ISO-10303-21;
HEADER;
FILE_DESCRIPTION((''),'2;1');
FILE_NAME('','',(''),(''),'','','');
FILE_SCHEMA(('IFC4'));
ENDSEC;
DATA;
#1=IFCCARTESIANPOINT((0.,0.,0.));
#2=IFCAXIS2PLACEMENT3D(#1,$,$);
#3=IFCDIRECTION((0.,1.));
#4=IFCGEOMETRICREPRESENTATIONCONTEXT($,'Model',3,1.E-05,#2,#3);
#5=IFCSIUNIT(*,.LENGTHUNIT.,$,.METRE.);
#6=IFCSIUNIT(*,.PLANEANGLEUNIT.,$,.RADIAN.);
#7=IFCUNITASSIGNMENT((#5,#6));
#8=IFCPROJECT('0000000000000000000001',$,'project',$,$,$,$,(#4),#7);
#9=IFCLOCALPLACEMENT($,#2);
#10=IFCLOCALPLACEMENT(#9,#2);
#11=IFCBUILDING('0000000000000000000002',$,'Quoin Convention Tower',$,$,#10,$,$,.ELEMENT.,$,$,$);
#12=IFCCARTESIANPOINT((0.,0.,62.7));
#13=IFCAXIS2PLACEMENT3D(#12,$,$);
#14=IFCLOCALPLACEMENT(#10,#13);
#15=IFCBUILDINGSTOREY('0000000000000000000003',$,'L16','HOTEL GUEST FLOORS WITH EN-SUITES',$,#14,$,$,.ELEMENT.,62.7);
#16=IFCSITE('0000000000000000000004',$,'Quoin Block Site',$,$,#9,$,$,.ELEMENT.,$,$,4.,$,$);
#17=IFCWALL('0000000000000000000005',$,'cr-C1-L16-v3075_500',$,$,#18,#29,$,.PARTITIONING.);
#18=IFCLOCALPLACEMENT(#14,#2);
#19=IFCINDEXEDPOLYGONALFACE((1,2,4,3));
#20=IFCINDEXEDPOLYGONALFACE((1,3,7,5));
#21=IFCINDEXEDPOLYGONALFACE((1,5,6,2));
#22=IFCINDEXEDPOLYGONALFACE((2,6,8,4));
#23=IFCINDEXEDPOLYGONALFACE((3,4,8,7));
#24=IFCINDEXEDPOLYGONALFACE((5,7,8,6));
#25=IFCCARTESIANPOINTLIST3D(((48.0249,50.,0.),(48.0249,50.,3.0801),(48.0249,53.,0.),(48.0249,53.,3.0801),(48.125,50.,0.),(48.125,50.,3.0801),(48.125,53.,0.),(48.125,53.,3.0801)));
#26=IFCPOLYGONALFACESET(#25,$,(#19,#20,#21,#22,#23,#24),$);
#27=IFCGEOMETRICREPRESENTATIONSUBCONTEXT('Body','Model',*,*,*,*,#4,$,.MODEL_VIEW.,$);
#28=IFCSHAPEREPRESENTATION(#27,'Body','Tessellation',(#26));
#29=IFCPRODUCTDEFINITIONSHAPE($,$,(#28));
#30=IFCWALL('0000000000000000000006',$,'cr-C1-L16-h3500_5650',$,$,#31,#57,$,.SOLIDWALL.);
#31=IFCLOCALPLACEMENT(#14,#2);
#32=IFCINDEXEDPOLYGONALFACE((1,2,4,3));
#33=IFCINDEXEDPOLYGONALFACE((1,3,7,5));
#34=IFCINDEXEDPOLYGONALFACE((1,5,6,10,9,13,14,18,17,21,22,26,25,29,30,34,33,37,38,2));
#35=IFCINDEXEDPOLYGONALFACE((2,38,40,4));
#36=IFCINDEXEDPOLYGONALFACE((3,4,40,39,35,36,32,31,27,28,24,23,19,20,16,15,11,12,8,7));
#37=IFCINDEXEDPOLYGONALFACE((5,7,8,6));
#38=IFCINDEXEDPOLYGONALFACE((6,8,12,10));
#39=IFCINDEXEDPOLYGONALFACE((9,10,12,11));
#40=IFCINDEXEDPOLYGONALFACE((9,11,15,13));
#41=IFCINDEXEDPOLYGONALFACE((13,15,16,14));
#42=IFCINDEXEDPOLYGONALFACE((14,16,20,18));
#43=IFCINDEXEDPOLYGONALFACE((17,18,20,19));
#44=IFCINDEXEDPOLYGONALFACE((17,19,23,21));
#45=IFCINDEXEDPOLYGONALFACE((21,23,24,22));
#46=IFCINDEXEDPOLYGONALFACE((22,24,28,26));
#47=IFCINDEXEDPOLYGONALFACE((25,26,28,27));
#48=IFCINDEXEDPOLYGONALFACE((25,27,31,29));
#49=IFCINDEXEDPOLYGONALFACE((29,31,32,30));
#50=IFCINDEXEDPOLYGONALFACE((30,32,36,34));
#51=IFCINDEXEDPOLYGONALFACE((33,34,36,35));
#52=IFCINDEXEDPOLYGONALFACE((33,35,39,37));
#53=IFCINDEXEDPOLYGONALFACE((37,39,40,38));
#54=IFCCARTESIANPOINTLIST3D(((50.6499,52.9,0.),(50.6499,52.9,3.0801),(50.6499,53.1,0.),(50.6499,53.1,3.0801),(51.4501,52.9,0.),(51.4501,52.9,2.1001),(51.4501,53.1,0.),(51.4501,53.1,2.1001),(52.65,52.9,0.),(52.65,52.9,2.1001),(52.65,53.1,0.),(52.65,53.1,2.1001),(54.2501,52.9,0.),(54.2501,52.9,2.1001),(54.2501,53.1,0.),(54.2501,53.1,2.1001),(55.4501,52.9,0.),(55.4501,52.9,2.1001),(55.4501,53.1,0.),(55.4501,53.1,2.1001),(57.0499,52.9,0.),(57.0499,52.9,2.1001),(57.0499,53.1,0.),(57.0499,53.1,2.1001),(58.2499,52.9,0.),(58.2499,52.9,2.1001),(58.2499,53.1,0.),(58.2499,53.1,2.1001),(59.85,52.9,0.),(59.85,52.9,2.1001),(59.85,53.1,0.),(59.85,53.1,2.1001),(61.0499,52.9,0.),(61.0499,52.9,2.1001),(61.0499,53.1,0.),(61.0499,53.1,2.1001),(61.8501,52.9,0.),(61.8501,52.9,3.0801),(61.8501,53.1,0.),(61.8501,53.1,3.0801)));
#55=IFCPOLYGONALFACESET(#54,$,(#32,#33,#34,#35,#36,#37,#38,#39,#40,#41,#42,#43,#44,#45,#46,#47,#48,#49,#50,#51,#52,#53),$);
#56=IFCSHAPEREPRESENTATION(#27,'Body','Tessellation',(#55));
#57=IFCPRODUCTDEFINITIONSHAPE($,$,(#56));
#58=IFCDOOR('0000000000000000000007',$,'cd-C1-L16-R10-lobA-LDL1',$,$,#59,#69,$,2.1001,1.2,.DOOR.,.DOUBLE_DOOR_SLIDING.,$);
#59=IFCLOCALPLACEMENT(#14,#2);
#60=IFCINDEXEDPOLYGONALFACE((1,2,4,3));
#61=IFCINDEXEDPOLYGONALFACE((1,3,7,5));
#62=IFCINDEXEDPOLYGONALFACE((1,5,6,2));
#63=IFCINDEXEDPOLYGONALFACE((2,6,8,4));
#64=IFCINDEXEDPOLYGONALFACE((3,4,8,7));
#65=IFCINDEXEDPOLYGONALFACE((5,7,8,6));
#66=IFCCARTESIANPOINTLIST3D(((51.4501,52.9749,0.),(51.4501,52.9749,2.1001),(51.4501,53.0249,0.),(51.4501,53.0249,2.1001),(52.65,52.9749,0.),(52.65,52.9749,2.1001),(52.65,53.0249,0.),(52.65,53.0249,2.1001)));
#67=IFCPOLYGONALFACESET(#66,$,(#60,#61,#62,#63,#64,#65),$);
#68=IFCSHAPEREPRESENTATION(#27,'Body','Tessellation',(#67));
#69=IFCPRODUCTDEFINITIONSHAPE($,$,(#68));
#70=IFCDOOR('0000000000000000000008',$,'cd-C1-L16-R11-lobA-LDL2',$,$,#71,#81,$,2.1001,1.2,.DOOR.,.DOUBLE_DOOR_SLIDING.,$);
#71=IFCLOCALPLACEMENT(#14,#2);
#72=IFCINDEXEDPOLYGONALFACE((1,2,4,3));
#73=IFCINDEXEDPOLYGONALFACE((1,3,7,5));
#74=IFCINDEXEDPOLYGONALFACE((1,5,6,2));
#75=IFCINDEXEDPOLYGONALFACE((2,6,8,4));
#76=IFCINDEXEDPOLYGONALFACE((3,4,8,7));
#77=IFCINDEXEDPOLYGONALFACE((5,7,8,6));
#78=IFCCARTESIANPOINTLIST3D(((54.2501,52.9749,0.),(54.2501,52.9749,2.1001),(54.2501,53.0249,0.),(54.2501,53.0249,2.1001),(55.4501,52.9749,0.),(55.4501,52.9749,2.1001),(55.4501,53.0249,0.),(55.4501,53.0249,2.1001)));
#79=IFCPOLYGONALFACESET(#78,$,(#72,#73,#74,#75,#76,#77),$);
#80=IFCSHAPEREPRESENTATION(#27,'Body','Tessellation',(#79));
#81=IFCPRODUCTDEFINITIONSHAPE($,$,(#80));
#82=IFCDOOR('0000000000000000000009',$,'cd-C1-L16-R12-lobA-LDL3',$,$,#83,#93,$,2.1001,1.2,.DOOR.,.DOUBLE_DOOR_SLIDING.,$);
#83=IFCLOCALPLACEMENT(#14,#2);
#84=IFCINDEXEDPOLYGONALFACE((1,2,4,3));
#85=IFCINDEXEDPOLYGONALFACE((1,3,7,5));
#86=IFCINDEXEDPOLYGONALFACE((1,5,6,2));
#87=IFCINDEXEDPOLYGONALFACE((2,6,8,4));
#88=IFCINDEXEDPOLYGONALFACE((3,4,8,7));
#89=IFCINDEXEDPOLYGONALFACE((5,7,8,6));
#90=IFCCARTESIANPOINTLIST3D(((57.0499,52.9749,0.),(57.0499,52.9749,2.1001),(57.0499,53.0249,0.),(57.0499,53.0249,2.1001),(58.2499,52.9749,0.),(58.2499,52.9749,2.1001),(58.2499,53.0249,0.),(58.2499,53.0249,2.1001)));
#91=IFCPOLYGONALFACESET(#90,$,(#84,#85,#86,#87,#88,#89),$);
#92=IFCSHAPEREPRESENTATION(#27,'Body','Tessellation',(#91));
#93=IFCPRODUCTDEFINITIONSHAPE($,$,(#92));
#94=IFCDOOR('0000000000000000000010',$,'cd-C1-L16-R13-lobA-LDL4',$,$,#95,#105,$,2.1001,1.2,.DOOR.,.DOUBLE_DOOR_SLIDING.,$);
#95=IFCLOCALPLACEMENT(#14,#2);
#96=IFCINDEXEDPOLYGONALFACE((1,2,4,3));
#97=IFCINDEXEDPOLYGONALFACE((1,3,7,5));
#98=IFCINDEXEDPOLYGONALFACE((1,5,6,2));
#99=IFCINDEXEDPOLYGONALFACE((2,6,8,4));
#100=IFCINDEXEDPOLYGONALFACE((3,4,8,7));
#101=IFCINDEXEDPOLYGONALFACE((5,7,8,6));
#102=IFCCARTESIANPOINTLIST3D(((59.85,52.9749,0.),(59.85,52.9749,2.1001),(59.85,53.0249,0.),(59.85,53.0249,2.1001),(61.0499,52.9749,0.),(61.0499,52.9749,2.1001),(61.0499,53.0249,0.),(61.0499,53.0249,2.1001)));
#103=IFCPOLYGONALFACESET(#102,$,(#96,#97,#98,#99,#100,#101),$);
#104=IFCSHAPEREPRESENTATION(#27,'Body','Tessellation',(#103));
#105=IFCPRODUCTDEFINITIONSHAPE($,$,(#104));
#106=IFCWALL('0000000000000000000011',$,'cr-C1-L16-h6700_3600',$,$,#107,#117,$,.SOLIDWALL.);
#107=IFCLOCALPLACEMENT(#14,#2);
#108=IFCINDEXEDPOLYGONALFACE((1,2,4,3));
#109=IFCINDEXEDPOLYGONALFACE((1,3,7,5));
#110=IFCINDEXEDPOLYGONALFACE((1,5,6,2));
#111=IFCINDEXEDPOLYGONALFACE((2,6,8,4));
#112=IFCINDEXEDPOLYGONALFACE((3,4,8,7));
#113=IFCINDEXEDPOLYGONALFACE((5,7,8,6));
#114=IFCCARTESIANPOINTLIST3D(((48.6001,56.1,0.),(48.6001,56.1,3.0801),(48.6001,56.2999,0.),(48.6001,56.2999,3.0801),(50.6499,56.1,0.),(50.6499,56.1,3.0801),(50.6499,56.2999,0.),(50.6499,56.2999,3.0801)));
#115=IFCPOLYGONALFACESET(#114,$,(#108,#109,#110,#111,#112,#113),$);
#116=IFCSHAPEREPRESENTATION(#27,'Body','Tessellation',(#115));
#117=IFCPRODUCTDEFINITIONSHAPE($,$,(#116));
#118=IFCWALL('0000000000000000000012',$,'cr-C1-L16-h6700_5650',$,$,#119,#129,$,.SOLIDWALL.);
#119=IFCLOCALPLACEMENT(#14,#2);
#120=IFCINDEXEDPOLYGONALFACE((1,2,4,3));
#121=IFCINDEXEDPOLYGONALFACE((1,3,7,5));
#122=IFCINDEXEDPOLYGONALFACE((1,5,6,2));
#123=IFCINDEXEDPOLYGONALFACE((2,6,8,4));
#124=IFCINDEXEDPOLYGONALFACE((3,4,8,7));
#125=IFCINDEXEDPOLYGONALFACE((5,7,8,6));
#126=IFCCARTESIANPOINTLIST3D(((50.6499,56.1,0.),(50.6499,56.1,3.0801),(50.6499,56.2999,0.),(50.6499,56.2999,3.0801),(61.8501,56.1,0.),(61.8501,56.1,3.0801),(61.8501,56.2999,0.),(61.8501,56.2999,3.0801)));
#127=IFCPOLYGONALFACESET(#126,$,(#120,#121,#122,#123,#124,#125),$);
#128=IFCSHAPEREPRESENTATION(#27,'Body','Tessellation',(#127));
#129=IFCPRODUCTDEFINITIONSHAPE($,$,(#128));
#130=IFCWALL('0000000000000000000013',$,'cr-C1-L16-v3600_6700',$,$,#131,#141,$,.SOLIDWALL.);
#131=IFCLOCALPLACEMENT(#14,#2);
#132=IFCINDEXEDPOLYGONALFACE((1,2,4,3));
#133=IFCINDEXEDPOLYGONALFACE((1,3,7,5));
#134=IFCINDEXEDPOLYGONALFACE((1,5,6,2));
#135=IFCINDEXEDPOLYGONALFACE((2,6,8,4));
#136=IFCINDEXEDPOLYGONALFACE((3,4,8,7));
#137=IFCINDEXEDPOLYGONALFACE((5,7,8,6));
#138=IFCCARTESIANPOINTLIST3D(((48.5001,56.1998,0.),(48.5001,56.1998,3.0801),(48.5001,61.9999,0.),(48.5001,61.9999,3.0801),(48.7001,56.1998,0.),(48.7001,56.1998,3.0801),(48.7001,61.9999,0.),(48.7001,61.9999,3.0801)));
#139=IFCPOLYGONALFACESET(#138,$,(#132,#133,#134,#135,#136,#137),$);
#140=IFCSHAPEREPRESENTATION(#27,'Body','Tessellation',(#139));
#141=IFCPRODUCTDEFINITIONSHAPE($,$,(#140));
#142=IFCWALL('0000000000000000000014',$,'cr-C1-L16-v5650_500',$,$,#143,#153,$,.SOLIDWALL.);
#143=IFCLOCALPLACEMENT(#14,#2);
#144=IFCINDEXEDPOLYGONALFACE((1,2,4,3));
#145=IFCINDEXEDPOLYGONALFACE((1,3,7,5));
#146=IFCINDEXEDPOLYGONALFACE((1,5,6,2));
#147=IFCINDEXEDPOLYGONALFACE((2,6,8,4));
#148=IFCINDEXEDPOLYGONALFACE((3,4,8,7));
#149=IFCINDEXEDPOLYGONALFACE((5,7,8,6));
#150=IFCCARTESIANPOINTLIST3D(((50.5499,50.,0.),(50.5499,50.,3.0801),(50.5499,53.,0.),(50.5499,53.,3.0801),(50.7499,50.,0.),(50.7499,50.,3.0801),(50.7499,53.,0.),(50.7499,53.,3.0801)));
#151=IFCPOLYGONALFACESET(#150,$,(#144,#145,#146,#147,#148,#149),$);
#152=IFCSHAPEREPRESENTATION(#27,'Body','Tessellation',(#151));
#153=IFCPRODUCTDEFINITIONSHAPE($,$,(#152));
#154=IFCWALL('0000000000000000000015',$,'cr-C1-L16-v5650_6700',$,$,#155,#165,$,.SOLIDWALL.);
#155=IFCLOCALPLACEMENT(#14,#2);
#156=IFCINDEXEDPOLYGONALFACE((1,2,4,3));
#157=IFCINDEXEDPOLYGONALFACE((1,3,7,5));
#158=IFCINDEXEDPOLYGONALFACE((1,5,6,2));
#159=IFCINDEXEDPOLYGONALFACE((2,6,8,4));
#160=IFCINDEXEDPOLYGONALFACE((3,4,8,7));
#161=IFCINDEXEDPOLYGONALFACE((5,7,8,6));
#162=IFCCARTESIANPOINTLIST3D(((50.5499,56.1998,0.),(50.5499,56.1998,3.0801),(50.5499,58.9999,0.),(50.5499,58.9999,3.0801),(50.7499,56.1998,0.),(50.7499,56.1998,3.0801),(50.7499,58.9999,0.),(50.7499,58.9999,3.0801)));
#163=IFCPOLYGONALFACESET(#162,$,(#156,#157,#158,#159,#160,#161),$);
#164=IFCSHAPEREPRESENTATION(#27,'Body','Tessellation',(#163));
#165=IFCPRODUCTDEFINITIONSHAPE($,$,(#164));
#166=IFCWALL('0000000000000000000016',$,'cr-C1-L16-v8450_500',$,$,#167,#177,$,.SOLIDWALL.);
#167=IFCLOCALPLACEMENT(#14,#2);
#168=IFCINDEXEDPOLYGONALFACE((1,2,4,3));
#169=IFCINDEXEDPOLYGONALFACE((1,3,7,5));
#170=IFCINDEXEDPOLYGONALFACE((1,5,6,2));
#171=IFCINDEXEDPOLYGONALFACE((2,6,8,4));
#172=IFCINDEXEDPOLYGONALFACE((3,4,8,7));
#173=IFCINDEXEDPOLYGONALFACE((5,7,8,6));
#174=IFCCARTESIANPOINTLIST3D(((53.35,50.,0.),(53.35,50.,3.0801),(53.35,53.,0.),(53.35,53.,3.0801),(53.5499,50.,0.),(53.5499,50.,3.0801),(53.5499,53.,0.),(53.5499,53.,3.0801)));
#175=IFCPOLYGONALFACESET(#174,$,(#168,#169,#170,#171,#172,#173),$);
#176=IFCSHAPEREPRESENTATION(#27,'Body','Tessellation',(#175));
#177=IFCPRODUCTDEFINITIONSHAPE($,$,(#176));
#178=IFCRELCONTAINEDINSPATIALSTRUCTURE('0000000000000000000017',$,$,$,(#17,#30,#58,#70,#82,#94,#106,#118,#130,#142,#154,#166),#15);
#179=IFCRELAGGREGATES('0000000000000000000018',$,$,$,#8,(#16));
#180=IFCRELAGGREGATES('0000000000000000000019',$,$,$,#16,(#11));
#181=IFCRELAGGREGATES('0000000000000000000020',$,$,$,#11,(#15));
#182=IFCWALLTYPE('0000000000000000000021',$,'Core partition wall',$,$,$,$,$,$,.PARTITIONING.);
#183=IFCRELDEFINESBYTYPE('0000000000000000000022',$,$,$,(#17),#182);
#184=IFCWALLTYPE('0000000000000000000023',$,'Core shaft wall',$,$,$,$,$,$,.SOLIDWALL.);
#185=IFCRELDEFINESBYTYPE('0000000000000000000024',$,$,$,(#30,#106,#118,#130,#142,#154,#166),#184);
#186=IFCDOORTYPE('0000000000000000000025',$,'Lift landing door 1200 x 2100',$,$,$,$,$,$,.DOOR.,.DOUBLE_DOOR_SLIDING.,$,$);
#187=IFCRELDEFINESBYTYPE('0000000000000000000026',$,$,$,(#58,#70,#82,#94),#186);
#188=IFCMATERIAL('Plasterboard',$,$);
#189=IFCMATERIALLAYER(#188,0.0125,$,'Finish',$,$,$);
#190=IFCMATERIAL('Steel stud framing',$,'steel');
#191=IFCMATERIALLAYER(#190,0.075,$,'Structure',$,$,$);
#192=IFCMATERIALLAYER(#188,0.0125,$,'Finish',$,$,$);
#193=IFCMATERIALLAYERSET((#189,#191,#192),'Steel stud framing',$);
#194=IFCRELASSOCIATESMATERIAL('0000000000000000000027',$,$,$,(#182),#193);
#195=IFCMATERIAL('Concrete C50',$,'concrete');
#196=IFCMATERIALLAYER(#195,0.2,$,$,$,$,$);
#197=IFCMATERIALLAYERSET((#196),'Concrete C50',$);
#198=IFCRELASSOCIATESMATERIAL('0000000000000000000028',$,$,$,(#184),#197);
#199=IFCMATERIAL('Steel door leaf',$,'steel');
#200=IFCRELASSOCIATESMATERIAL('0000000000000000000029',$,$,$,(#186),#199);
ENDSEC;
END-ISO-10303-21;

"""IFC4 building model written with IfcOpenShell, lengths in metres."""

from ifc_helpers import new_model, si_unit, direction, frame, frame_2d, origin, place, context, subcontext, project, spatial, rectangle, extrude, material, layer, layer_set, type_object, element, fill, save


model = new_model("IFC4")

# Units and contexts
model_context = context("Model", 3, precision=1e-05, world=origin(), true_north=direction((0.0, 1.0)))
body_context = subcontext(model_context, "Body", "Model", "MODEL_VIEW")
ifc_project = project(units=[si_unit("LENGTHUNIT", "METRE"), si_unit("PLANEANGLEUNIT", "RADIAN")], contexts=[model_context])

# Site, building, storey
site_placement = place(None, origin())
site = spatial("IfcSite", under=ifc_project, at=site_placement, Name="Quoin Block Site", CompositionType="ELEMENT", RefElevation=4.0)
building_placement = place(site_placement, origin())
building = spatial("IfcBuilding", under=site, at=building_placement, Name="Quoin Convention Tower", CompositionType="ELEMENT")
storey_placement = place(building_placement, frame((0.0, 0.0, 62.7)))
storey = spatial("IfcBuildingStorey", under=building, at=storey_placement, Name="L16", Description="HOTEL GUEST FLOORS WITH EN-SUITES", CompositionType="ELEMENT", Elevation=62.7)

# Wall
ifc_material_1 = material(Name="Plasterboard")
ifc_layer_1 = layer(ifc_material_1, 0.0125, Name="Finish")
ifc_material_2 = material(Name="Steel stud framing", Category="steel")
ifc_layer_2 = layer(ifc_material_2, 0.075, Name="Structure")
ifc_layer_3 = layer(ifc_material_1, 0.0125, Name="Finish")
ifc_layer_set_1 = layer_set([ifc_layer_1, ifc_layer_2, ifc_layer_3], Name="Steel stud framing")
wall_type_1 = type_object("IfcWallType", Name="Core partition wall", PredefinedType="PARTITIONING", material=ifc_layer_set_1)
wall_1_placement = place(storey_placement, frame((48.075, 50.0, 0.0), z_axis=(0.0, 0.0, 1.0), x_axis=(0.0, 1.0, 0.0)))
element("IfcWall", 1, at=wall_1_placement, inside=storey, type_object=wall_type_1, Name="cr-C1-L16-v3075_500", PredefinedType="PARTITIONING", context=body_context, shape_type="SweptSolid", body=[
    extrude(rectangle(XDim=3.0, YDim=0.1001, at=frame_2d((1.5, 0.0))), origin(), (0.0, 0.0, 1.0), 3.0801),
])

# Wall, openings, doors
ifc_material_3 = material(Name="Concrete C50", Category="concrete")
ifc_layer_4 = layer(ifc_material_3, 0.2)
ifc_layer_set_2 = layer_set([ifc_layer_4], Name="Concrete C50")
wall_type_2 = type_object("IfcWallType", Name="Core shaft wall", PredefinedType="SOLIDWALL", material=ifc_layer_set_2)
wall_2_placement = place(storey_placement, frame((50.6499, 53.0, 0.0), z_axis=(0.0, 0.0, 1.0), x_axis=(1.0, 0.0, 0.0)))
wall_2 = element("IfcWall", 2, at=wall_2_placement, inside=storey, type_object=wall_type_2, Name="cr-C1-L16-h3500_5650", PredefinedType="SOLIDWALL", context=body_context, shape_type="SweptSolid", body=[
    extrude(rectangle(XDim=11.2002, YDim=0.2, at=frame_2d((5.6001, 0.0))), origin(), (0.0, 0.0, 1.0), 3.0801),
])
opening_1_placement = place(wall_2_placement, frame((0.8, 0.0, 0.0)))
opening_1 = element("IfcOpeningElement", 3, at=opening_1_placement, cuts=wall_2, PredefinedType="OPENING", context=body_context, shape_type="SweptSolid", body=[
    extrude(rectangle(XDim=1.2, YDim=2.1001, at=frame_2d((0.6001, 1.05))), frame((0.0, 0.1099, 0.0), z_axis=(0.0, -1.0, 0.0), x_axis=(1.0, 0.0, 0.0)), (0.0, 0.0, 1.0), 0.22),
])
opening_2_placement = place(wall_2_placement, frame((3.6001, 0.0, 0.0)))
opening_2 = element("IfcOpeningElement", 4, at=opening_2_placement, cuts=wall_2, PredefinedType="OPENING", context=body_context, shape_type="SweptSolid", body=[
    extrude(rectangle(XDim=1.2, YDim=2.1001, at=frame_2d((0.6001, 1.05))), frame((0.0, 0.1099, 0.0), z_axis=(0.0, -1.0, 0.0), x_axis=(1.0, 0.0, 0.0)), (0.0, 0.0, 1.0), 0.22),
])
opening_3_placement = place(wall_2_placement, frame((6.3999, 0.0, 0.0)))
opening_3 = element("IfcOpeningElement", 5, at=opening_3_placement, cuts=wall_2, PredefinedType="OPENING", context=body_context, shape_type="SweptSolid", body=[
    extrude(rectangle(XDim=1.2, YDim=2.1001, at=frame_2d((0.6001, 1.05))), frame((0.0, 0.1099, 0.0), z_axis=(0.0, -1.0, 0.0), x_axis=(1.0, 0.0, 0.0)), (0.0, 0.0, 1.0), 0.22),
])
opening_4_placement = place(wall_2_placement, frame((9.2, 0.0, 0.0)))
opening_4 = element("IfcOpeningElement", 6, at=opening_4_placement, cuts=wall_2, PredefinedType="OPENING", context=body_context, shape_type="SweptSolid", body=[
    extrude(rectangle(XDim=1.2, YDim=2.1001, at=frame_2d((0.6001, 1.05))), frame((0.0, 0.1099, 0.0), z_axis=(0.0, -1.0, 0.0), x_axis=(1.0, 0.0, 0.0)), (0.0, 0.0, 1.0), 0.22),
])
ifc_material_4 = material(Name="Steel door leaf", Category="steel")
door_type_1 = type_object("IfcDoorType", Name="Lift landing door 1200 x 2100", OperationType="DOUBLE_DOOR_SLIDING", PredefinedType="DOOR", material=ifc_material_4)
door_1_placement = place(opening_1_placement, origin())
door_1 = element("IfcDoor", 7, at=door_1_placement, inside=storey, type_object=door_type_1, Name="cd-C1-L16-R10-lobA-LDL1", OperationType="DOUBLE_DOOR_SLIDING", OverallHeight=2.1001, OverallWidth=1.2, PredefinedType="DOOR", context=body_context, shape_type="SweptSolid", body=[
    extrude(rectangle(XDim=1.2, YDim=2.1001, at=frame_2d((0.6001, 1.05))), frame((0.0, 0.0249, 0.0), z_axis=(0.0, -1.0, 0.0), x_axis=(1.0, 0.0, 0.0)), (0.0, 0.0, 1.0), 0.05),
])
fill(opening_1, door_1)
door_2_placement = place(opening_2_placement, origin())
door_2 = element("IfcDoor", 8, at=door_2_placement, inside=storey, type_object=door_type_1, Name="cd-C1-L16-R11-lobA-LDL2", OperationType="DOUBLE_DOOR_SLIDING", OverallHeight=2.1001, OverallWidth=1.2, PredefinedType="DOOR", context=body_context, shape_type="SweptSolid", body=[
    extrude(rectangle(XDim=1.2, YDim=2.1001, at=frame_2d((0.6001, 1.05))), frame((0.0, 0.0249, 0.0), z_axis=(0.0, -1.0, 0.0), x_axis=(1.0, 0.0, 0.0)), (0.0, 0.0, 1.0), 0.05),
])
fill(opening_2, door_2)
door_3_placement = place(opening_3_placement, origin())
door_3 = element("IfcDoor", 9, at=door_3_placement, inside=storey, type_object=door_type_1, Name="cd-C1-L16-R12-lobA-LDL3", OperationType="DOUBLE_DOOR_SLIDING", OverallHeight=2.1001, OverallWidth=1.2, PredefinedType="DOOR", context=body_context, shape_type="SweptSolid", body=[
    extrude(rectangle(XDim=1.2, YDim=2.1001, at=frame_2d((0.6001, 1.05))), frame((0.0, 0.0249, 0.0), z_axis=(0.0, -1.0, 0.0), x_axis=(1.0, 0.0, 0.0)), (0.0, 0.0, 1.0), 0.05),
])
fill(opening_3, door_3)
door_4_placement = place(opening_4_placement, origin())
door_4 = element("IfcDoor", 10, at=door_4_placement, inside=storey, type_object=door_type_1, Name="cd-C1-L16-R13-lobA-LDL4", OperationType="DOUBLE_DOOR_SLIDING", OverallHeight=2.1001, OverallWidth=1.2, PredefinedType="DOOR", context=body_context, shape_type="SweptSolid", body=[
    extrude(rectangle(XDim=1.2, YDim=2.1001, at=frame_2d((0.6001, 1.05))), frame((0.0, 0.0249, 0.0), z_axis=(0.0, -1.0, 0.0), x_axis=(1.0, 0.0, 0.0)), (0.0, 0.0, 1.0), 0.05),
])
fill(opening_4, door_4)

# Walls
wall_3_placement = place(storey_placement, frame((48.6001, 56.2, 0.0), z_axis=(0.0, 0.0, 1.0), x_axis=(1.0, 0.0, 0.0)))
element("IfcWall", 11, at=wall_3_placement, inside=storey, type_object=wall_type_2, Name="cr-C1-L16-h6700_3600", PredefinedType="SOLIDWALL", context=body_context, shape_type="SweptSolid", body=[
    extrude(rectangle(XDim=2.0498, YDim=0.2, at=frame_2d((1.0249, 0.0))), origin(), (0.0, 0.0, 1.0), 3.0801),
])
wall_4_placement = place(storey_placement, frame((50.6499, 56.2, 0.0), z_axis=(0.0, 0.0, 1.0), x_axis=(1.0, 0.0, 0.0)))
element("IfcWall", 12, at=wall_4_placement, inside=storey, type_object=wall_type_2, Name="cr-C1-L16-h6700_5650", PredefinedType="SOLIDWALL", context=body_context, shape_type="SweptSolid", body=[
    extrude(rectangle(XDim=11.2002, YDim=0.2, at=frame_2d((5.6001, 0.0))), origin(), (0.0, 0.0, 1.0), 3.0801),
])
wall_5_placement = place(storey_placement, frame((48.6001, 56.2, 0.0), z_axis=(0.0, 0.0, 1.0), x_axis=(0.0, 1.0, 0.0)))
element("IfcWall", 13, at=wall_5_placement, inside=storey, type_object=wall_type_2, Name="cr-C1-L16-v3600_6700", PredefinedType="SOLIDWALL", context=body_context, shape_type="SweptSolid", body=[
    extrude(rectangle(XDim=5.8, YDim=0.2, at=frame_2d((2.8999, 0.0))), origin(), (0.0, 0.0, 1.0), 3.0801),
])
wall_6_placement = place(storey_placement, frame((50.6499, 50.0, 0.0), z_axis=(0.0, 0.0, 1.0), x_axis=(0.0, 1.0, 0.0)))
element("IfcWall", 14, at=wall_6_placement, inside=storey, type_object=wall_type_2, Name="cr-C1-L16-v5650_500", PredefinedType="SOLIDWALL", context=body_context, shape_type="SweptSolid", body=[
    extrude(rectangle(XDim=3.0, YDim=0.2, at=frame_2d((1.5, 0.0))), origin(), (0.0, 0.0, 1.0), 3.0801),
])
wall_7_placement = place(storey_placement, frame((50.6499, 56.2, 0.0), z_axis=(0.0, 0.0, 1.0), x_axis=(0.0, 1.0, 0.0)))
element("IfcWall", 15, at=wall_7_placement, inside=storey, type_object=wall_type_2, Name="cr-C1-L16-v5650_6700", PredefinedType="SOLIDWALL", context=body_context, shape_type="SweptSolid", body=[
    extrude(rectangle(XDim=2.8, YDim=0.2, at=frame_2d((1.3999, 0.0))), origin(), (0.0, 0.0, 1.0), 3.0801),
])
wall_8_placement = place(storey_placement, frame((53.45, 50.0, 0.0), z_axis=(0.0, 0.0, 1.0), x_axis=(0.0, 1.0, 0.0)))
element("IfcWall", 16, at=wall_8_placement, inside=storey, type_object=wall_type_2, Name="cr-C1-L16-v8450_500", PredefinedType="SOLIDWALL", context=body_context, shape_type="SweptSolid", body=[
    extrude(rectangle(XDim=3.0, YDim=0.2, at=frame_2d((1.5, 0.0))), origin(), (0.0, 0.0, 1.0), 3.0801),
])

save(model, "model.ifc")
